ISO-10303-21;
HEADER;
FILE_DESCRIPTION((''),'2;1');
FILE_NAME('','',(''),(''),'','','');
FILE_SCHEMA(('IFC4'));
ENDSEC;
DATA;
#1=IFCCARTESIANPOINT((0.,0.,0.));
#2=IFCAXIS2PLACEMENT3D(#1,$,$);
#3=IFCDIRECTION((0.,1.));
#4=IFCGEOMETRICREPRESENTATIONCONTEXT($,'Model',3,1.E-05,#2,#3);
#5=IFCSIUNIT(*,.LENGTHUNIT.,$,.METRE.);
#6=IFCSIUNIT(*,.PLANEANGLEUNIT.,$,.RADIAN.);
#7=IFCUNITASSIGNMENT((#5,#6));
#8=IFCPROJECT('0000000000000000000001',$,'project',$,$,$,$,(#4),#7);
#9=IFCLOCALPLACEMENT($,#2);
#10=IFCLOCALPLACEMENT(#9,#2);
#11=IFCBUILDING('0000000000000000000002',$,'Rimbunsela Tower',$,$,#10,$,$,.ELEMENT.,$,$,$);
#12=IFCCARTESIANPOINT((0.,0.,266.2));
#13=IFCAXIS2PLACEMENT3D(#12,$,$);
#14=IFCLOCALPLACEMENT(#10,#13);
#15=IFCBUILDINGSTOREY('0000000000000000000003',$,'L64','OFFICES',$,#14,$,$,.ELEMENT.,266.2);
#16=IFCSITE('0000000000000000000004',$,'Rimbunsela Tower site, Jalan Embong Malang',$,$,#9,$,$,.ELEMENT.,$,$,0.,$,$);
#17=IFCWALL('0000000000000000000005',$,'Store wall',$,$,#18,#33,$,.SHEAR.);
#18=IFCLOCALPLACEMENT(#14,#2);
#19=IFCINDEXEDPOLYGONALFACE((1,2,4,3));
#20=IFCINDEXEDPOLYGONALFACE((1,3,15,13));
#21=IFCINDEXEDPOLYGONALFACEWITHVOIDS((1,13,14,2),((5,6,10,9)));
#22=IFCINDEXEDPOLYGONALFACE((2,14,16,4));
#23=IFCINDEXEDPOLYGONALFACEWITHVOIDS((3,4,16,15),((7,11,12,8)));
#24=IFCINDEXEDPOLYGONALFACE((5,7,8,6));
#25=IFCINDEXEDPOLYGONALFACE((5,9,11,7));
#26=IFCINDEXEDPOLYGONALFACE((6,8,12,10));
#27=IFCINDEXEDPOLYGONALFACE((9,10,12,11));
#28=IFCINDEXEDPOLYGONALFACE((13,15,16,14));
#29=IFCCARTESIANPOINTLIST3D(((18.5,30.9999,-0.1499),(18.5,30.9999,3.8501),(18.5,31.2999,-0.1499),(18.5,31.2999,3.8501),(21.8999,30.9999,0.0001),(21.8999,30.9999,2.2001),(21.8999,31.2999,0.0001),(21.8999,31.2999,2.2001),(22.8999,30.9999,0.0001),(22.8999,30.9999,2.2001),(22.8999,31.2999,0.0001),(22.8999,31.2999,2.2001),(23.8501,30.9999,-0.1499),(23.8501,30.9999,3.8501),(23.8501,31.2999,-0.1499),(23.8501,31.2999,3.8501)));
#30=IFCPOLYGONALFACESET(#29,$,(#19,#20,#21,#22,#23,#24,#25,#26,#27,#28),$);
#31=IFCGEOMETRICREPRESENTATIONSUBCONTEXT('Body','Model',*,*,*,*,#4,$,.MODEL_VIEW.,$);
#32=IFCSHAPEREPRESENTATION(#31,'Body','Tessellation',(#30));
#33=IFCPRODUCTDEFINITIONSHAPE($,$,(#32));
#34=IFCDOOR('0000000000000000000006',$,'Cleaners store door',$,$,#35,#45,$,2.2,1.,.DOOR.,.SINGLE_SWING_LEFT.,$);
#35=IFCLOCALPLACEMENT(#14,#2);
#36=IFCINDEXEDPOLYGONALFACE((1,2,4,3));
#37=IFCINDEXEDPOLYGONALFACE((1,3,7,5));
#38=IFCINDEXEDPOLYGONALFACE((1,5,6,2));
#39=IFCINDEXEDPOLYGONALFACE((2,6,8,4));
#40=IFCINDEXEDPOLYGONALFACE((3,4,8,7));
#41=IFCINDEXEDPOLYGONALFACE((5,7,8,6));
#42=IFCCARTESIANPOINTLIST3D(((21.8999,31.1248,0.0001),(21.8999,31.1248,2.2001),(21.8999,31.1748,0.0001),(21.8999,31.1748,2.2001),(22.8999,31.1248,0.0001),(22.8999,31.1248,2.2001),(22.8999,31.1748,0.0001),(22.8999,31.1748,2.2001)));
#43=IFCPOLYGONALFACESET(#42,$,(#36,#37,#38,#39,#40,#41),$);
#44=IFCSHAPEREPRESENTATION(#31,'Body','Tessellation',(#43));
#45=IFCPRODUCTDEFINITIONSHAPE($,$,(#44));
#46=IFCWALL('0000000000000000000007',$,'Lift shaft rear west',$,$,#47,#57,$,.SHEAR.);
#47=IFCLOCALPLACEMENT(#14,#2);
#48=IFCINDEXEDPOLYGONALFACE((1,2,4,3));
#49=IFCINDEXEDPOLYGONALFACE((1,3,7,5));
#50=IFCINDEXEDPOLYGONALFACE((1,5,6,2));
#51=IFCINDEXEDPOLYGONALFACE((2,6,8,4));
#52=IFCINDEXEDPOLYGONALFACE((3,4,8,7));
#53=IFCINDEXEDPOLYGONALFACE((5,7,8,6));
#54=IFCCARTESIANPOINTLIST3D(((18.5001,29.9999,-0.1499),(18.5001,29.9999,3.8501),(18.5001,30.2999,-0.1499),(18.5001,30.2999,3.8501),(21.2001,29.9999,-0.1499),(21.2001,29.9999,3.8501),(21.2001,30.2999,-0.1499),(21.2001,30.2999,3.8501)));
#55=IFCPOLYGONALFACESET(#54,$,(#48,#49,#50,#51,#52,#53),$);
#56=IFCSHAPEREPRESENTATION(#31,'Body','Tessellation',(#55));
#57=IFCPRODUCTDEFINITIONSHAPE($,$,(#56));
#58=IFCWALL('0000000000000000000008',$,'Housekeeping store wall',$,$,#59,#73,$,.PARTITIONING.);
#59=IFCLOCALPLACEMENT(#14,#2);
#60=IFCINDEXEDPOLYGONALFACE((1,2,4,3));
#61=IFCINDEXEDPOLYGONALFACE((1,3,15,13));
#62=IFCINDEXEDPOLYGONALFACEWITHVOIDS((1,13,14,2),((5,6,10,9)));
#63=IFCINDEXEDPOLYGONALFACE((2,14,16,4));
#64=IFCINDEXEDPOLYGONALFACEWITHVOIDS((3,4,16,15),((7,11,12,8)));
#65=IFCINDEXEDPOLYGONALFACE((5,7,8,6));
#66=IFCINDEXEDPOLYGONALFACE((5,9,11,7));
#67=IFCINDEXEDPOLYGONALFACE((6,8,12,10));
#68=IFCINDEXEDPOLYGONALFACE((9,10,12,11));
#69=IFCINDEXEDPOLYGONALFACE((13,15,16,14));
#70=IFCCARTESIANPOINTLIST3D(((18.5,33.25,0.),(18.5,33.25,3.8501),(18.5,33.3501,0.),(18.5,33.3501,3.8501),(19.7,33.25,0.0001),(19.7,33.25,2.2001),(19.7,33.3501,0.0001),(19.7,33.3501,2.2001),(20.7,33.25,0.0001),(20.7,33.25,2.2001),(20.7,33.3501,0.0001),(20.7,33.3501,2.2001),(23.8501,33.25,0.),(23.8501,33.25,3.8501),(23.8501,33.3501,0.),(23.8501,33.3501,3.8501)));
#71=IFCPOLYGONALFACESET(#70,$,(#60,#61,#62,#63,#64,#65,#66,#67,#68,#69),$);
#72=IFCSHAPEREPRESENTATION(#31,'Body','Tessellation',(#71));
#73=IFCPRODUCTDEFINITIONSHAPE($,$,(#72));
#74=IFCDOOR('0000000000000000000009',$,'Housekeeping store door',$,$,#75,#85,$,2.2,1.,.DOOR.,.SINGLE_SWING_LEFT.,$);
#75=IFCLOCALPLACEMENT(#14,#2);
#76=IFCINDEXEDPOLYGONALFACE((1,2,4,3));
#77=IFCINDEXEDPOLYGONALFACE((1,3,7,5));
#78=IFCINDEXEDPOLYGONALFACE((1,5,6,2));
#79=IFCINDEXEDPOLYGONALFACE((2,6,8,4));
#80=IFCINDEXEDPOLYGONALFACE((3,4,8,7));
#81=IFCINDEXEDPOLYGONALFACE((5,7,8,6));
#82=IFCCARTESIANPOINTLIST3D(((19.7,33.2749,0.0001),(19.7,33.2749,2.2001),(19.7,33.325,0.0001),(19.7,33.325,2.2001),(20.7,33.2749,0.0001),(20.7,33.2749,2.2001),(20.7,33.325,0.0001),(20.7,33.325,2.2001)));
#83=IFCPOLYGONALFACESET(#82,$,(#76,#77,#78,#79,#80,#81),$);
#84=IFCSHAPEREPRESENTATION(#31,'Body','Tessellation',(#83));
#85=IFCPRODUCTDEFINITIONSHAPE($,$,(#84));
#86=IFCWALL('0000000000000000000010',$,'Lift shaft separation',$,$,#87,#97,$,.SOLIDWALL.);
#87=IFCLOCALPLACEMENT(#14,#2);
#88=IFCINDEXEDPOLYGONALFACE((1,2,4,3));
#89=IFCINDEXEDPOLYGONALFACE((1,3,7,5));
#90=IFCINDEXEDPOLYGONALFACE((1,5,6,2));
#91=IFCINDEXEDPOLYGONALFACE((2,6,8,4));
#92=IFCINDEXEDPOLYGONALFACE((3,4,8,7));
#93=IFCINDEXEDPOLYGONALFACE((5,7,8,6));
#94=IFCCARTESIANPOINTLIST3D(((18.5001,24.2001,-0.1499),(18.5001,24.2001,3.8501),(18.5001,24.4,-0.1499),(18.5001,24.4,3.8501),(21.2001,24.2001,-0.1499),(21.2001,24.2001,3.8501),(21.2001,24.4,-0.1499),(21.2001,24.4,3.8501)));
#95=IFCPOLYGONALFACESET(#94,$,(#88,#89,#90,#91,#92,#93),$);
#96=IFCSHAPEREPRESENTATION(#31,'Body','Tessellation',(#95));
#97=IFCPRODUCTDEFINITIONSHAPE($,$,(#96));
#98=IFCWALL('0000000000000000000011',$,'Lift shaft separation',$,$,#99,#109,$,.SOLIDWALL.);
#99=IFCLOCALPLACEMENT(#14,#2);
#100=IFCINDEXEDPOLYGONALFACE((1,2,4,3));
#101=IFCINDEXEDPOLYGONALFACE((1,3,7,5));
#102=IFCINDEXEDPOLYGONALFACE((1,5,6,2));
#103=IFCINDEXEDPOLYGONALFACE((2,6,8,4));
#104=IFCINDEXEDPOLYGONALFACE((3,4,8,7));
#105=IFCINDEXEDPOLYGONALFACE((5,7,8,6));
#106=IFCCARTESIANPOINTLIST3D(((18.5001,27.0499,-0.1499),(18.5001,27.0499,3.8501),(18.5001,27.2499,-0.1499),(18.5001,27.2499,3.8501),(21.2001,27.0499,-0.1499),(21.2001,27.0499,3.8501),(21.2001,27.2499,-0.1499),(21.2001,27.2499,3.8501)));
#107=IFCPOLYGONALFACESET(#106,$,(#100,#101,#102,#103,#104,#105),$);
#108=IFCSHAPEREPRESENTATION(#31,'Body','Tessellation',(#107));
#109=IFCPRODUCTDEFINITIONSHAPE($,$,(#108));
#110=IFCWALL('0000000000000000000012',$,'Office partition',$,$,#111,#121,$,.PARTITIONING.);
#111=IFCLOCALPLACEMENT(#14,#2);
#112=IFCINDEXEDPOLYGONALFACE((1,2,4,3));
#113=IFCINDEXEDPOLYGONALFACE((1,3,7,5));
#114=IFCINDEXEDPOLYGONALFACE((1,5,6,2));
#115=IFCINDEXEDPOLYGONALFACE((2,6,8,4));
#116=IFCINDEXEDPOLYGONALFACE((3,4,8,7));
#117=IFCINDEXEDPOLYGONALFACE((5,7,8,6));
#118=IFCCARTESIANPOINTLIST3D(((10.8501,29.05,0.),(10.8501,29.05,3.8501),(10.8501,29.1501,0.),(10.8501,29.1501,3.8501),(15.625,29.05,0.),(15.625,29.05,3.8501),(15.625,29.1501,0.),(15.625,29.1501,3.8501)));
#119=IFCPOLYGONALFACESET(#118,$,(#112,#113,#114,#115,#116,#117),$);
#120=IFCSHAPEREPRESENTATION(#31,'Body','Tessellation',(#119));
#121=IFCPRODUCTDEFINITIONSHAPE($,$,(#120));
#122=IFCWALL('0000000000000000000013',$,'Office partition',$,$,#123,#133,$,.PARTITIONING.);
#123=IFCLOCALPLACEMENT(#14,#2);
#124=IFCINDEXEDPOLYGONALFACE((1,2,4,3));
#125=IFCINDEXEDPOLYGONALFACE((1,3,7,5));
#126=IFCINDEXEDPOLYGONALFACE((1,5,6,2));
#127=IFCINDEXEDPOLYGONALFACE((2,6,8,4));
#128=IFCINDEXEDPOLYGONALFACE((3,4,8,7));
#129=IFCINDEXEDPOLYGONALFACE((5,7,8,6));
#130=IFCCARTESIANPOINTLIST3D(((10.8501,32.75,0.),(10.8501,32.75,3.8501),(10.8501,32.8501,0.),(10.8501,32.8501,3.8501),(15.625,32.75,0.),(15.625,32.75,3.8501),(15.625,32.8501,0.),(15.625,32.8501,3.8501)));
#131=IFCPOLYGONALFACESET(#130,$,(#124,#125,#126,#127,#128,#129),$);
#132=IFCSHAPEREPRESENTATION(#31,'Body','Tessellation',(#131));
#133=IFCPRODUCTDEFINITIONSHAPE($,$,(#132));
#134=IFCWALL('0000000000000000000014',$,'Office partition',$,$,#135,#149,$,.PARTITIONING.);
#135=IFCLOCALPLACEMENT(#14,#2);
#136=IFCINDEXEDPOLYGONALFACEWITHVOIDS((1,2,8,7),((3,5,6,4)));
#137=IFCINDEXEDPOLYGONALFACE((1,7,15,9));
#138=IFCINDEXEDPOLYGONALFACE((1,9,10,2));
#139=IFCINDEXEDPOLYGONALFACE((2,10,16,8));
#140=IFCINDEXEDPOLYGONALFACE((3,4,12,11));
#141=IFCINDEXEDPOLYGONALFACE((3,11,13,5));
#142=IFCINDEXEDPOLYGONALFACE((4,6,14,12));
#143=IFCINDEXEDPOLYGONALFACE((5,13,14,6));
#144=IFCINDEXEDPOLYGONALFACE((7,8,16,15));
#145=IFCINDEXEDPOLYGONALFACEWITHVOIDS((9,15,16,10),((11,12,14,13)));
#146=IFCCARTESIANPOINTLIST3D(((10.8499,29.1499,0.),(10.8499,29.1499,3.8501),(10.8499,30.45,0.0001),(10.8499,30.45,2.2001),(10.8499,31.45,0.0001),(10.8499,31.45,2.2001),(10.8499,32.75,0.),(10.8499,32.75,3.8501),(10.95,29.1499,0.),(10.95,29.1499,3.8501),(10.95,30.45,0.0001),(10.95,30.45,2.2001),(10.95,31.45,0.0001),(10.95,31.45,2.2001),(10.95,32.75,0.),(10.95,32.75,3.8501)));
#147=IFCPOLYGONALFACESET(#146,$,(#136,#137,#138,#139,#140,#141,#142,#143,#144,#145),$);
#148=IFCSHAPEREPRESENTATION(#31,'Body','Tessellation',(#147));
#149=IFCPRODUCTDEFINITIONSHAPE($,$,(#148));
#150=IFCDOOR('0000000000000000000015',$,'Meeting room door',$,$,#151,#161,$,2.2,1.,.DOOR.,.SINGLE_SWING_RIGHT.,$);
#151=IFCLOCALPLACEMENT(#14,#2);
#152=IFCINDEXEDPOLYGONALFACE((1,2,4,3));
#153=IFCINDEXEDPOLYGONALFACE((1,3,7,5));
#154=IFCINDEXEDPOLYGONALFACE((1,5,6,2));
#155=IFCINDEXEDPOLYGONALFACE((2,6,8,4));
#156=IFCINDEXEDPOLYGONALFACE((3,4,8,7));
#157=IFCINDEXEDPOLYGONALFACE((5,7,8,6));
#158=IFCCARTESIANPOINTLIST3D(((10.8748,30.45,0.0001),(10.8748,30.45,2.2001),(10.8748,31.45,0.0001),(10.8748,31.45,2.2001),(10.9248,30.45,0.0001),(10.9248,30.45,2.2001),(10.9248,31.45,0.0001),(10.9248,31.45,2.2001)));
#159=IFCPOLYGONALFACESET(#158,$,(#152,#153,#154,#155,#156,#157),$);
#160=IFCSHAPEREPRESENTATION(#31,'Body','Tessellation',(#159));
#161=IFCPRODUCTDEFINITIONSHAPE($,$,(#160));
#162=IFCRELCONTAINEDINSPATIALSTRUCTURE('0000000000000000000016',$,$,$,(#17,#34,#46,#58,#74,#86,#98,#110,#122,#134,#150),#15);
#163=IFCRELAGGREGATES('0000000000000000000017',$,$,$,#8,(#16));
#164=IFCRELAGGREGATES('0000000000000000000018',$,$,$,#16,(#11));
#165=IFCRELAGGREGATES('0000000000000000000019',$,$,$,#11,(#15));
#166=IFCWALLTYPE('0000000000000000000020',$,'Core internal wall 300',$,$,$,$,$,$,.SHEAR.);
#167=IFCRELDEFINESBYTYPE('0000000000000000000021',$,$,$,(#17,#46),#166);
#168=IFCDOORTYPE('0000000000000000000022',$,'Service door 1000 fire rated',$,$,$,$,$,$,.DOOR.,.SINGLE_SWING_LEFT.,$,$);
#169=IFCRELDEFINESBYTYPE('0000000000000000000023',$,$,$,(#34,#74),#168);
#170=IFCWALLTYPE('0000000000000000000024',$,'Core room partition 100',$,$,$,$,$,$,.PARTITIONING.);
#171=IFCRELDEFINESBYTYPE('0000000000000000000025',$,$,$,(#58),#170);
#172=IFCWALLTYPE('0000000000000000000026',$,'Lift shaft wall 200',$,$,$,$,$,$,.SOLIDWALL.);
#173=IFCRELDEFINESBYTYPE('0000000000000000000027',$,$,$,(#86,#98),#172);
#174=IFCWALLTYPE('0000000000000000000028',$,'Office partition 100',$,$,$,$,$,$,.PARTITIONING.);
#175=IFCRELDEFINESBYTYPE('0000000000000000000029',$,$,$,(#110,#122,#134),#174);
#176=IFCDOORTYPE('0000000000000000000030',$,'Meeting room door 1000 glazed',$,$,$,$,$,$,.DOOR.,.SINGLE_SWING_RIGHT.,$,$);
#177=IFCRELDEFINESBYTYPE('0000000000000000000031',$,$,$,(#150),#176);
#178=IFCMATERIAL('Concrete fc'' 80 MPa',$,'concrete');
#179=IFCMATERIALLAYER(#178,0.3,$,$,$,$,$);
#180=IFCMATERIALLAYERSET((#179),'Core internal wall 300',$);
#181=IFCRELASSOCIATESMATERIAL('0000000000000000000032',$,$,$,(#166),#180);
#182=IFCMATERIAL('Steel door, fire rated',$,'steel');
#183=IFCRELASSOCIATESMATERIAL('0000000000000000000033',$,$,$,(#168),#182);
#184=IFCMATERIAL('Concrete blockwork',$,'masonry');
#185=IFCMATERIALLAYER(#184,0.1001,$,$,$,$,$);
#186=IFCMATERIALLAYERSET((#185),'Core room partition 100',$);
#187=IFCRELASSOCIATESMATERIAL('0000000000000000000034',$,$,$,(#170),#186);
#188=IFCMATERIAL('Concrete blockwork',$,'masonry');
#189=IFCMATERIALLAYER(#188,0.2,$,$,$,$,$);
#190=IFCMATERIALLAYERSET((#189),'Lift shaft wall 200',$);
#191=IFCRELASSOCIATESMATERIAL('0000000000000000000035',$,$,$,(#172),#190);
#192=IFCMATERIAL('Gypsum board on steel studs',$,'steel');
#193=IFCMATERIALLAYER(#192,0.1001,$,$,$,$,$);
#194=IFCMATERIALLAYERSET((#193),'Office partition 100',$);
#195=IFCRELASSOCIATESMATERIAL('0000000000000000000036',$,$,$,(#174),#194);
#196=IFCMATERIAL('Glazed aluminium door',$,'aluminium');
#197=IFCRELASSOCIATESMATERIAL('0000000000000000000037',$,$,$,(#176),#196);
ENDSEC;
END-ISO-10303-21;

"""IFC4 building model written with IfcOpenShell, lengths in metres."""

from ifc_helpers import new_model, si_unit, direction, frame, frame_2d, origin, place, context, subcontext, project, spatial, rectangle, extrude, material, layer, layer_set, type_object, element, fill, save


model = new_model("IFC4")

# Units and contexts
model_context = context("Model", 3, precision=1e-05, world=origin(), true_north=direction((0.0, 1.0)))
body_context = subcontext(model_context, "Body", "Model", "MODEL_VIEW")
ifc_project = project(units=[si_unit("LENGTHUNIT", "METRE"), si_unit("PLANEANGLEUNIT", "RADIAN")], contexts=[model_context])

# Site, building, storey
site_placement = place(None, origin())
site = spatial("IfcSite", under=ifc_project, at=site_placement, Name="Rimbunsela Tower site, Jalan Embong Malang", CompositionType="ELEMENT", RefElevation=0.0)
building_placement = place(site_placement, origin())
building = spatial("IfcBuilding", under=site, at=building_placement, Name="Rimbunsela Tower", CompositionType="ELEMENT")
storey_placement = place(building_placement, frame((0.0, 0.0, 266.2)))
storey = spatial("IfcBuildingStorey", under=building, at=storey_placement, Name="L64", Description="OFFICES", CompositionType="ELEMENT", Elevation=266.2)

# Shared definitions
ifc_material_1 = material(Name="Concrete fc' 80 MPa", Category="concrete")
ifc_layer_1 = layer(ifc_material_1, 0.3)
ifc_layer_set_1 = layer_set([ifc_layer_1], Name="Core internal wall 300")
wall_type_1 = type_object("IfcWallType", Name="Core internal wall 300", PredefinedType="SHEAR", material=ifc_layer_set_1)

# Wall, opening, door
wall_1_placement = place(storey_placement, frame((18.5, 31.1499, -0.1499), z_axis=(0.0, 0.0, 1.0), x_axis=(1.0, 0.0, 0.0)))
wall_1 = element("IfcWall", 1, at=wall_1_placement, inside=storey, type_object=wall_type_1, Name="Store wall", PredefinedType="SHEAR", context=body_context, shape_type="SweptSolid", body=[
    extrude(rectangle(XDim=5.3501, YDim=0.3, at=frame_2d((2.675, 0.0))), origin(), (0.0, 0.0, 1.0), 4.0),
])
opening_1_placement = place(wall_1_placement, frame((3.3999, 0.0, 0.1499)))
opening_1 = element("IfcOpeningElement", 2, at=opening_1_placement, cuts=wall_1, PredefinedType="OPENING", context=body_context, shape_type="SweptSolid", body=[
    extrude(rectangle(XDim=1.0, YDim=2.2, at=frame_2d((0.5, 1.1001))), frame((0.0, 0.1599, 0.0), z_axis=(0.0, -1.0, 0.0), x_axis=(1.0, 0.0, 0.0)), (0.0, 0.0, 1.0), 0.3201),
])
ifc_material_2 = material(Name="Steel door, fire rated", Category="steel")
door_type_1 = type_object("IfcDoorType", Name="Service door 1000 fire rated", OperationType="SINGLE_SWING_LEFT", PredefinedType="DOOR", material=ifc_material_2)
door_1_placement = place(opening_1_placement, origin())
door_1 = element("IfcDoor", 3, at=door_1_placement, inside=storey, type_object=door_type_1, Name="Cleaners store door", OperationType="SINGLE_SWING_LEFT", OverallHeight=2.2, OverallWidth=1.0, PredefinedType="DOOR", context=body_context, shape_type="SweptSolid", body=[
    extrude(rectangle(XDim=1.0, YDim=2.2, at=frame_2d((0.5, 1.1001))), frame((0.0, 0.0249, 0.0), z_axis=(0.0, -1.0, 0.0), x_axis=(1.0, 0.0, 0.0)), (0.0, 0.0, 1.0), 0.05),
])
fill(opening_1, door_1)

# Wall
wall_2_placement = place(storey_placement, frame((18.5, 30.1499, -0.1499), z_axis=(0.0, 0.0, 1.0), x_axis=(1.0, 0.0, 0.0)))
element("IfcWall", 4, at=wall_2_placement, inside=storey, type_object=wall_type_1, Name="Lift shaft rear west", PredefinedType="SHEAR", context=body_context, shape_type="SweptSolid", body=[
    extrude(rectangle(XDim=2.7, YDim=0.3, at=frame_2d((1.3501, 0.0))), origin(), (0.0, 0.0, 1.0), 4.0),
])

# Wall, opening, door
ifc_material_3 = material(Name="Concrete blockwork", Category="masonry")
ifc_layer_2 = layer(ifc_material_3, 0.1001)
ifc_layer_set_2 = layer_set([ifc_layer_2], Name="Core room partition 100")
wall_type_2 = type_object("IfcWallType", Name="Core room partition 100", PredefinedType="PARTITIONING", material=ifc_layer_set_2)
wall_3_placement = place(storey_placement, frame((18.5, 33.3, 0.0), z_axis=(0.0, 0.0, 1.0), x_axis=(1.0, 0.0, 0.0)))
wall_3 = element("IfcWall", 5, at=wall_3_placement, inside=storey, type_object=wall_type_2, Name="Housekeeping store wall", PredefinedType="PARTITIONING", context=body_context, shape_type="SweptSolid", body=[
    extrude(rectangle(XDim=5.3501, YDim=0.1001, at=frame_2d((2.675, 0.0))), origin(), (0.0, 0.0, 1.0), 3.8501),
])
opening_2_placement = place(wall_3_placement, frame((1.2, 0.0, 0.0)))
opening_2 = element("IfcOpeningElement", 6, at=opening_2_placement, cuts=wall_3, PredefinedType="OPENING", context=body_context, shape_type="SweptSolid", body=[
    extrude(rectangle(XDim=1.0, YDim=2.2, at=frame_2d((0.5, 1.1001))), frame((0.0, 0.0601, 0.0), z_axis=(0.0, -1.0, 0.0), x_axis=(1.0, 0.0, 0.0)), (0.0, 0.0, 1.0), 0.1201),
])
door_2_placement = place(opening_2_placement, origin())
door_2 = element("IfcDoor", 7, at=door_2_placement, inside=storey, type_object=door_type_1, Name="Housekeeping store door", OperationType="SINGLE_SWING_LEFT", OverallHeight=2.2, OverallWidth=1.0, PredefinedType="DOOR", context=body_context, shape_type="SweptSolid", body=[
    extrude(rectangle(XDim=1.0, YDim=2.2, at=frame_2d((0.5, 1.1001))), frame((0.0, 0.0249, 0.0), z_axis=(0.0, -1.0, 0.0), x_axis=(1.0, 0.0, 0.0)), (0.0, 0.0, 1.0), 0.05),
])
fill(opening_2, door_2)

# Walls
ifc_material_4 = material(Name="Concrete blockwork", Category="masonry")
ifc_layer_3 = layer(ifc_material_4, 0.2)
ifc_layer_set_3 = layer_set([ifc_layer_3], Name="Lift shaft wall 200")
wall_type_3 = type_object("IfcWallType", Name="Lift shaft wall 200", PredefinedType="SOLIDWALL", material=ifc_layer_set_3)
for number, where, z_axis, x_axis, name in (
    (8, (18.5, 24.3, -0.1499), (0.0, 0.0, 1.0), (1.0, 0.0, 0.0), "Lift shaft separation"),
    (9, (18.5, 27.1499, -0.1499), (0.0, 0.0, 1.0), (1.0, 0.0, 0.0), "Lift shaft separation"),
):
    element("IfcWall", number, at=place(storey_placement, frame(where, z_axis=z_axis, x_axis=x_axis)), inside=storey, type_object=wall_type_3, Name=name, PredefinedType="SOLIDWALL", context=body_context, shape_type="SweptSolid", body=[
        extrude(rectangle(XDim=2.7, YDim=0.2, at=frame_2d((1.3501, 0.0))), origin(), (0.0, 0.0, 1.0), 4.0),
    ])
ifc_material_5 = material(Name="Gypsum board on steel studs", Category="steel")
ifc_layer_4 = layer(ifc_material_5, 0.1001)
ifc_layer_set_4 = layer_set([ifc_layer_4], Name="Office partition 100")
wall_type_4 = type_object("IfcWallType", Name="Office partition 100", PredefinedType="PARTITIONING", material=ifc_layer_set_4)
for number, where, z_axis, x_axis, name in (
    (10, (10.8501, 29.1001, 0.0), (0.0, 0.0, 1.0), (1.0, 0.0, 0.0), "Office partition"),
    (11, (10.8501, 32.8, 0.0), (0.0, 0.0, 1.0), (1.0, 0.0, 0.0), "Office partition"),
):
    element("IfcWall", number, at=place(storey_placement, frame(where, z_axis=z_axis, x_axis=x_axis)), inside=storey, type_object=wall_type_4, Name=name, PredefinedType="PARTITIONING", context=body_context, shape_type="SweptSolid", body=[
        extrude(rectangle(XDim=4.7749, YDim=0.1001, at=frame_2d((2.3875, 0.0))), origin(), (0.0, 0.0, 1.0), 3.8501),
    ])

# Wall, opening, door
wall_4_placement = place(storey_placement, frame((10.8999, 29.1499, 0.0), z_axis=(0.0, 0.0, 1.0), x_axis=(0.0, 1.0, 0.0)))
wall_4 = element("IfcWall", 12, at=wall_4_placement, inside=storey, type_object=wall_type_4, Name="Office partition", PredefinedType="PARTITIONING", context=body_context, shape_type="SweptSolid", body=[
    extrude(rectangle(XDim=3.6001, YDim=0.1001, at=frame_2d((1.8, 0.0))), origin(), (0.0, 0.0, 1.0), 3.8501),
])
opening_3_placement = place(wall_4_placement, frame((1.3, 0.0, 0.0)))
opening_3 = element("IfcOpeningElement", 13, at=opening_3_placement, cuts=wall_4, PredefinedType="OPENING", context=body_context, shape_type="SweptSolid", body=[
    extrude(rectangle(XDim=1.0, YDim=2.2, at=frame_2d((0.5, 1.1001))), frame((0.0, 0.0601, 0.0), z_axis=(0.0, -1.0, 0.0), x_axis=(1.0, 0.0, 0.0)), (0.0, 0.0, 1.0), 0.1201),
])
ifc_material_6 = material(Name="Glazed aluminium door", Category="aluminium")
door_type_2 = type_object("IfcDoorType", Name="Meeting room door 1000 glazed", OperationType="SINGLE_SWING_RIGHT", PredefinedType="DOOR", material=ifc_material_6)
door_3_placement = place(opening_3_placement, frame((1.0, 0.0, 0.0), z_axis=(0.0, 0.0, 1.0), x_axis=(-1.0, 0.0, 0.0)))
door_3 = element("IfcDoor", 14, at=door_3_placement, inside=storey, type_object=door_type_2, Name="Meeting room door", OperationType="SINGLE_SWING_RIGHT", OverallHeight=2.2, OverallWidth=1.0, PredefinedType="DOOR", context=body_context, shape_type="SweptSolid", body=[
    extrude(rectangle(XDim=1.0, YDim=2.2, at=frame_2d((0.5, 1.1001))), frame((0.0, 0.0249, 0.0), z_axis=(0.0, -1.0, 0.0), x_axis=(1.0, 0.0, 0.0)), (0.0, 0.0, 1.0), 0.05),
])
fill(opening_3, door_3)

save(model, "model.ifc")
